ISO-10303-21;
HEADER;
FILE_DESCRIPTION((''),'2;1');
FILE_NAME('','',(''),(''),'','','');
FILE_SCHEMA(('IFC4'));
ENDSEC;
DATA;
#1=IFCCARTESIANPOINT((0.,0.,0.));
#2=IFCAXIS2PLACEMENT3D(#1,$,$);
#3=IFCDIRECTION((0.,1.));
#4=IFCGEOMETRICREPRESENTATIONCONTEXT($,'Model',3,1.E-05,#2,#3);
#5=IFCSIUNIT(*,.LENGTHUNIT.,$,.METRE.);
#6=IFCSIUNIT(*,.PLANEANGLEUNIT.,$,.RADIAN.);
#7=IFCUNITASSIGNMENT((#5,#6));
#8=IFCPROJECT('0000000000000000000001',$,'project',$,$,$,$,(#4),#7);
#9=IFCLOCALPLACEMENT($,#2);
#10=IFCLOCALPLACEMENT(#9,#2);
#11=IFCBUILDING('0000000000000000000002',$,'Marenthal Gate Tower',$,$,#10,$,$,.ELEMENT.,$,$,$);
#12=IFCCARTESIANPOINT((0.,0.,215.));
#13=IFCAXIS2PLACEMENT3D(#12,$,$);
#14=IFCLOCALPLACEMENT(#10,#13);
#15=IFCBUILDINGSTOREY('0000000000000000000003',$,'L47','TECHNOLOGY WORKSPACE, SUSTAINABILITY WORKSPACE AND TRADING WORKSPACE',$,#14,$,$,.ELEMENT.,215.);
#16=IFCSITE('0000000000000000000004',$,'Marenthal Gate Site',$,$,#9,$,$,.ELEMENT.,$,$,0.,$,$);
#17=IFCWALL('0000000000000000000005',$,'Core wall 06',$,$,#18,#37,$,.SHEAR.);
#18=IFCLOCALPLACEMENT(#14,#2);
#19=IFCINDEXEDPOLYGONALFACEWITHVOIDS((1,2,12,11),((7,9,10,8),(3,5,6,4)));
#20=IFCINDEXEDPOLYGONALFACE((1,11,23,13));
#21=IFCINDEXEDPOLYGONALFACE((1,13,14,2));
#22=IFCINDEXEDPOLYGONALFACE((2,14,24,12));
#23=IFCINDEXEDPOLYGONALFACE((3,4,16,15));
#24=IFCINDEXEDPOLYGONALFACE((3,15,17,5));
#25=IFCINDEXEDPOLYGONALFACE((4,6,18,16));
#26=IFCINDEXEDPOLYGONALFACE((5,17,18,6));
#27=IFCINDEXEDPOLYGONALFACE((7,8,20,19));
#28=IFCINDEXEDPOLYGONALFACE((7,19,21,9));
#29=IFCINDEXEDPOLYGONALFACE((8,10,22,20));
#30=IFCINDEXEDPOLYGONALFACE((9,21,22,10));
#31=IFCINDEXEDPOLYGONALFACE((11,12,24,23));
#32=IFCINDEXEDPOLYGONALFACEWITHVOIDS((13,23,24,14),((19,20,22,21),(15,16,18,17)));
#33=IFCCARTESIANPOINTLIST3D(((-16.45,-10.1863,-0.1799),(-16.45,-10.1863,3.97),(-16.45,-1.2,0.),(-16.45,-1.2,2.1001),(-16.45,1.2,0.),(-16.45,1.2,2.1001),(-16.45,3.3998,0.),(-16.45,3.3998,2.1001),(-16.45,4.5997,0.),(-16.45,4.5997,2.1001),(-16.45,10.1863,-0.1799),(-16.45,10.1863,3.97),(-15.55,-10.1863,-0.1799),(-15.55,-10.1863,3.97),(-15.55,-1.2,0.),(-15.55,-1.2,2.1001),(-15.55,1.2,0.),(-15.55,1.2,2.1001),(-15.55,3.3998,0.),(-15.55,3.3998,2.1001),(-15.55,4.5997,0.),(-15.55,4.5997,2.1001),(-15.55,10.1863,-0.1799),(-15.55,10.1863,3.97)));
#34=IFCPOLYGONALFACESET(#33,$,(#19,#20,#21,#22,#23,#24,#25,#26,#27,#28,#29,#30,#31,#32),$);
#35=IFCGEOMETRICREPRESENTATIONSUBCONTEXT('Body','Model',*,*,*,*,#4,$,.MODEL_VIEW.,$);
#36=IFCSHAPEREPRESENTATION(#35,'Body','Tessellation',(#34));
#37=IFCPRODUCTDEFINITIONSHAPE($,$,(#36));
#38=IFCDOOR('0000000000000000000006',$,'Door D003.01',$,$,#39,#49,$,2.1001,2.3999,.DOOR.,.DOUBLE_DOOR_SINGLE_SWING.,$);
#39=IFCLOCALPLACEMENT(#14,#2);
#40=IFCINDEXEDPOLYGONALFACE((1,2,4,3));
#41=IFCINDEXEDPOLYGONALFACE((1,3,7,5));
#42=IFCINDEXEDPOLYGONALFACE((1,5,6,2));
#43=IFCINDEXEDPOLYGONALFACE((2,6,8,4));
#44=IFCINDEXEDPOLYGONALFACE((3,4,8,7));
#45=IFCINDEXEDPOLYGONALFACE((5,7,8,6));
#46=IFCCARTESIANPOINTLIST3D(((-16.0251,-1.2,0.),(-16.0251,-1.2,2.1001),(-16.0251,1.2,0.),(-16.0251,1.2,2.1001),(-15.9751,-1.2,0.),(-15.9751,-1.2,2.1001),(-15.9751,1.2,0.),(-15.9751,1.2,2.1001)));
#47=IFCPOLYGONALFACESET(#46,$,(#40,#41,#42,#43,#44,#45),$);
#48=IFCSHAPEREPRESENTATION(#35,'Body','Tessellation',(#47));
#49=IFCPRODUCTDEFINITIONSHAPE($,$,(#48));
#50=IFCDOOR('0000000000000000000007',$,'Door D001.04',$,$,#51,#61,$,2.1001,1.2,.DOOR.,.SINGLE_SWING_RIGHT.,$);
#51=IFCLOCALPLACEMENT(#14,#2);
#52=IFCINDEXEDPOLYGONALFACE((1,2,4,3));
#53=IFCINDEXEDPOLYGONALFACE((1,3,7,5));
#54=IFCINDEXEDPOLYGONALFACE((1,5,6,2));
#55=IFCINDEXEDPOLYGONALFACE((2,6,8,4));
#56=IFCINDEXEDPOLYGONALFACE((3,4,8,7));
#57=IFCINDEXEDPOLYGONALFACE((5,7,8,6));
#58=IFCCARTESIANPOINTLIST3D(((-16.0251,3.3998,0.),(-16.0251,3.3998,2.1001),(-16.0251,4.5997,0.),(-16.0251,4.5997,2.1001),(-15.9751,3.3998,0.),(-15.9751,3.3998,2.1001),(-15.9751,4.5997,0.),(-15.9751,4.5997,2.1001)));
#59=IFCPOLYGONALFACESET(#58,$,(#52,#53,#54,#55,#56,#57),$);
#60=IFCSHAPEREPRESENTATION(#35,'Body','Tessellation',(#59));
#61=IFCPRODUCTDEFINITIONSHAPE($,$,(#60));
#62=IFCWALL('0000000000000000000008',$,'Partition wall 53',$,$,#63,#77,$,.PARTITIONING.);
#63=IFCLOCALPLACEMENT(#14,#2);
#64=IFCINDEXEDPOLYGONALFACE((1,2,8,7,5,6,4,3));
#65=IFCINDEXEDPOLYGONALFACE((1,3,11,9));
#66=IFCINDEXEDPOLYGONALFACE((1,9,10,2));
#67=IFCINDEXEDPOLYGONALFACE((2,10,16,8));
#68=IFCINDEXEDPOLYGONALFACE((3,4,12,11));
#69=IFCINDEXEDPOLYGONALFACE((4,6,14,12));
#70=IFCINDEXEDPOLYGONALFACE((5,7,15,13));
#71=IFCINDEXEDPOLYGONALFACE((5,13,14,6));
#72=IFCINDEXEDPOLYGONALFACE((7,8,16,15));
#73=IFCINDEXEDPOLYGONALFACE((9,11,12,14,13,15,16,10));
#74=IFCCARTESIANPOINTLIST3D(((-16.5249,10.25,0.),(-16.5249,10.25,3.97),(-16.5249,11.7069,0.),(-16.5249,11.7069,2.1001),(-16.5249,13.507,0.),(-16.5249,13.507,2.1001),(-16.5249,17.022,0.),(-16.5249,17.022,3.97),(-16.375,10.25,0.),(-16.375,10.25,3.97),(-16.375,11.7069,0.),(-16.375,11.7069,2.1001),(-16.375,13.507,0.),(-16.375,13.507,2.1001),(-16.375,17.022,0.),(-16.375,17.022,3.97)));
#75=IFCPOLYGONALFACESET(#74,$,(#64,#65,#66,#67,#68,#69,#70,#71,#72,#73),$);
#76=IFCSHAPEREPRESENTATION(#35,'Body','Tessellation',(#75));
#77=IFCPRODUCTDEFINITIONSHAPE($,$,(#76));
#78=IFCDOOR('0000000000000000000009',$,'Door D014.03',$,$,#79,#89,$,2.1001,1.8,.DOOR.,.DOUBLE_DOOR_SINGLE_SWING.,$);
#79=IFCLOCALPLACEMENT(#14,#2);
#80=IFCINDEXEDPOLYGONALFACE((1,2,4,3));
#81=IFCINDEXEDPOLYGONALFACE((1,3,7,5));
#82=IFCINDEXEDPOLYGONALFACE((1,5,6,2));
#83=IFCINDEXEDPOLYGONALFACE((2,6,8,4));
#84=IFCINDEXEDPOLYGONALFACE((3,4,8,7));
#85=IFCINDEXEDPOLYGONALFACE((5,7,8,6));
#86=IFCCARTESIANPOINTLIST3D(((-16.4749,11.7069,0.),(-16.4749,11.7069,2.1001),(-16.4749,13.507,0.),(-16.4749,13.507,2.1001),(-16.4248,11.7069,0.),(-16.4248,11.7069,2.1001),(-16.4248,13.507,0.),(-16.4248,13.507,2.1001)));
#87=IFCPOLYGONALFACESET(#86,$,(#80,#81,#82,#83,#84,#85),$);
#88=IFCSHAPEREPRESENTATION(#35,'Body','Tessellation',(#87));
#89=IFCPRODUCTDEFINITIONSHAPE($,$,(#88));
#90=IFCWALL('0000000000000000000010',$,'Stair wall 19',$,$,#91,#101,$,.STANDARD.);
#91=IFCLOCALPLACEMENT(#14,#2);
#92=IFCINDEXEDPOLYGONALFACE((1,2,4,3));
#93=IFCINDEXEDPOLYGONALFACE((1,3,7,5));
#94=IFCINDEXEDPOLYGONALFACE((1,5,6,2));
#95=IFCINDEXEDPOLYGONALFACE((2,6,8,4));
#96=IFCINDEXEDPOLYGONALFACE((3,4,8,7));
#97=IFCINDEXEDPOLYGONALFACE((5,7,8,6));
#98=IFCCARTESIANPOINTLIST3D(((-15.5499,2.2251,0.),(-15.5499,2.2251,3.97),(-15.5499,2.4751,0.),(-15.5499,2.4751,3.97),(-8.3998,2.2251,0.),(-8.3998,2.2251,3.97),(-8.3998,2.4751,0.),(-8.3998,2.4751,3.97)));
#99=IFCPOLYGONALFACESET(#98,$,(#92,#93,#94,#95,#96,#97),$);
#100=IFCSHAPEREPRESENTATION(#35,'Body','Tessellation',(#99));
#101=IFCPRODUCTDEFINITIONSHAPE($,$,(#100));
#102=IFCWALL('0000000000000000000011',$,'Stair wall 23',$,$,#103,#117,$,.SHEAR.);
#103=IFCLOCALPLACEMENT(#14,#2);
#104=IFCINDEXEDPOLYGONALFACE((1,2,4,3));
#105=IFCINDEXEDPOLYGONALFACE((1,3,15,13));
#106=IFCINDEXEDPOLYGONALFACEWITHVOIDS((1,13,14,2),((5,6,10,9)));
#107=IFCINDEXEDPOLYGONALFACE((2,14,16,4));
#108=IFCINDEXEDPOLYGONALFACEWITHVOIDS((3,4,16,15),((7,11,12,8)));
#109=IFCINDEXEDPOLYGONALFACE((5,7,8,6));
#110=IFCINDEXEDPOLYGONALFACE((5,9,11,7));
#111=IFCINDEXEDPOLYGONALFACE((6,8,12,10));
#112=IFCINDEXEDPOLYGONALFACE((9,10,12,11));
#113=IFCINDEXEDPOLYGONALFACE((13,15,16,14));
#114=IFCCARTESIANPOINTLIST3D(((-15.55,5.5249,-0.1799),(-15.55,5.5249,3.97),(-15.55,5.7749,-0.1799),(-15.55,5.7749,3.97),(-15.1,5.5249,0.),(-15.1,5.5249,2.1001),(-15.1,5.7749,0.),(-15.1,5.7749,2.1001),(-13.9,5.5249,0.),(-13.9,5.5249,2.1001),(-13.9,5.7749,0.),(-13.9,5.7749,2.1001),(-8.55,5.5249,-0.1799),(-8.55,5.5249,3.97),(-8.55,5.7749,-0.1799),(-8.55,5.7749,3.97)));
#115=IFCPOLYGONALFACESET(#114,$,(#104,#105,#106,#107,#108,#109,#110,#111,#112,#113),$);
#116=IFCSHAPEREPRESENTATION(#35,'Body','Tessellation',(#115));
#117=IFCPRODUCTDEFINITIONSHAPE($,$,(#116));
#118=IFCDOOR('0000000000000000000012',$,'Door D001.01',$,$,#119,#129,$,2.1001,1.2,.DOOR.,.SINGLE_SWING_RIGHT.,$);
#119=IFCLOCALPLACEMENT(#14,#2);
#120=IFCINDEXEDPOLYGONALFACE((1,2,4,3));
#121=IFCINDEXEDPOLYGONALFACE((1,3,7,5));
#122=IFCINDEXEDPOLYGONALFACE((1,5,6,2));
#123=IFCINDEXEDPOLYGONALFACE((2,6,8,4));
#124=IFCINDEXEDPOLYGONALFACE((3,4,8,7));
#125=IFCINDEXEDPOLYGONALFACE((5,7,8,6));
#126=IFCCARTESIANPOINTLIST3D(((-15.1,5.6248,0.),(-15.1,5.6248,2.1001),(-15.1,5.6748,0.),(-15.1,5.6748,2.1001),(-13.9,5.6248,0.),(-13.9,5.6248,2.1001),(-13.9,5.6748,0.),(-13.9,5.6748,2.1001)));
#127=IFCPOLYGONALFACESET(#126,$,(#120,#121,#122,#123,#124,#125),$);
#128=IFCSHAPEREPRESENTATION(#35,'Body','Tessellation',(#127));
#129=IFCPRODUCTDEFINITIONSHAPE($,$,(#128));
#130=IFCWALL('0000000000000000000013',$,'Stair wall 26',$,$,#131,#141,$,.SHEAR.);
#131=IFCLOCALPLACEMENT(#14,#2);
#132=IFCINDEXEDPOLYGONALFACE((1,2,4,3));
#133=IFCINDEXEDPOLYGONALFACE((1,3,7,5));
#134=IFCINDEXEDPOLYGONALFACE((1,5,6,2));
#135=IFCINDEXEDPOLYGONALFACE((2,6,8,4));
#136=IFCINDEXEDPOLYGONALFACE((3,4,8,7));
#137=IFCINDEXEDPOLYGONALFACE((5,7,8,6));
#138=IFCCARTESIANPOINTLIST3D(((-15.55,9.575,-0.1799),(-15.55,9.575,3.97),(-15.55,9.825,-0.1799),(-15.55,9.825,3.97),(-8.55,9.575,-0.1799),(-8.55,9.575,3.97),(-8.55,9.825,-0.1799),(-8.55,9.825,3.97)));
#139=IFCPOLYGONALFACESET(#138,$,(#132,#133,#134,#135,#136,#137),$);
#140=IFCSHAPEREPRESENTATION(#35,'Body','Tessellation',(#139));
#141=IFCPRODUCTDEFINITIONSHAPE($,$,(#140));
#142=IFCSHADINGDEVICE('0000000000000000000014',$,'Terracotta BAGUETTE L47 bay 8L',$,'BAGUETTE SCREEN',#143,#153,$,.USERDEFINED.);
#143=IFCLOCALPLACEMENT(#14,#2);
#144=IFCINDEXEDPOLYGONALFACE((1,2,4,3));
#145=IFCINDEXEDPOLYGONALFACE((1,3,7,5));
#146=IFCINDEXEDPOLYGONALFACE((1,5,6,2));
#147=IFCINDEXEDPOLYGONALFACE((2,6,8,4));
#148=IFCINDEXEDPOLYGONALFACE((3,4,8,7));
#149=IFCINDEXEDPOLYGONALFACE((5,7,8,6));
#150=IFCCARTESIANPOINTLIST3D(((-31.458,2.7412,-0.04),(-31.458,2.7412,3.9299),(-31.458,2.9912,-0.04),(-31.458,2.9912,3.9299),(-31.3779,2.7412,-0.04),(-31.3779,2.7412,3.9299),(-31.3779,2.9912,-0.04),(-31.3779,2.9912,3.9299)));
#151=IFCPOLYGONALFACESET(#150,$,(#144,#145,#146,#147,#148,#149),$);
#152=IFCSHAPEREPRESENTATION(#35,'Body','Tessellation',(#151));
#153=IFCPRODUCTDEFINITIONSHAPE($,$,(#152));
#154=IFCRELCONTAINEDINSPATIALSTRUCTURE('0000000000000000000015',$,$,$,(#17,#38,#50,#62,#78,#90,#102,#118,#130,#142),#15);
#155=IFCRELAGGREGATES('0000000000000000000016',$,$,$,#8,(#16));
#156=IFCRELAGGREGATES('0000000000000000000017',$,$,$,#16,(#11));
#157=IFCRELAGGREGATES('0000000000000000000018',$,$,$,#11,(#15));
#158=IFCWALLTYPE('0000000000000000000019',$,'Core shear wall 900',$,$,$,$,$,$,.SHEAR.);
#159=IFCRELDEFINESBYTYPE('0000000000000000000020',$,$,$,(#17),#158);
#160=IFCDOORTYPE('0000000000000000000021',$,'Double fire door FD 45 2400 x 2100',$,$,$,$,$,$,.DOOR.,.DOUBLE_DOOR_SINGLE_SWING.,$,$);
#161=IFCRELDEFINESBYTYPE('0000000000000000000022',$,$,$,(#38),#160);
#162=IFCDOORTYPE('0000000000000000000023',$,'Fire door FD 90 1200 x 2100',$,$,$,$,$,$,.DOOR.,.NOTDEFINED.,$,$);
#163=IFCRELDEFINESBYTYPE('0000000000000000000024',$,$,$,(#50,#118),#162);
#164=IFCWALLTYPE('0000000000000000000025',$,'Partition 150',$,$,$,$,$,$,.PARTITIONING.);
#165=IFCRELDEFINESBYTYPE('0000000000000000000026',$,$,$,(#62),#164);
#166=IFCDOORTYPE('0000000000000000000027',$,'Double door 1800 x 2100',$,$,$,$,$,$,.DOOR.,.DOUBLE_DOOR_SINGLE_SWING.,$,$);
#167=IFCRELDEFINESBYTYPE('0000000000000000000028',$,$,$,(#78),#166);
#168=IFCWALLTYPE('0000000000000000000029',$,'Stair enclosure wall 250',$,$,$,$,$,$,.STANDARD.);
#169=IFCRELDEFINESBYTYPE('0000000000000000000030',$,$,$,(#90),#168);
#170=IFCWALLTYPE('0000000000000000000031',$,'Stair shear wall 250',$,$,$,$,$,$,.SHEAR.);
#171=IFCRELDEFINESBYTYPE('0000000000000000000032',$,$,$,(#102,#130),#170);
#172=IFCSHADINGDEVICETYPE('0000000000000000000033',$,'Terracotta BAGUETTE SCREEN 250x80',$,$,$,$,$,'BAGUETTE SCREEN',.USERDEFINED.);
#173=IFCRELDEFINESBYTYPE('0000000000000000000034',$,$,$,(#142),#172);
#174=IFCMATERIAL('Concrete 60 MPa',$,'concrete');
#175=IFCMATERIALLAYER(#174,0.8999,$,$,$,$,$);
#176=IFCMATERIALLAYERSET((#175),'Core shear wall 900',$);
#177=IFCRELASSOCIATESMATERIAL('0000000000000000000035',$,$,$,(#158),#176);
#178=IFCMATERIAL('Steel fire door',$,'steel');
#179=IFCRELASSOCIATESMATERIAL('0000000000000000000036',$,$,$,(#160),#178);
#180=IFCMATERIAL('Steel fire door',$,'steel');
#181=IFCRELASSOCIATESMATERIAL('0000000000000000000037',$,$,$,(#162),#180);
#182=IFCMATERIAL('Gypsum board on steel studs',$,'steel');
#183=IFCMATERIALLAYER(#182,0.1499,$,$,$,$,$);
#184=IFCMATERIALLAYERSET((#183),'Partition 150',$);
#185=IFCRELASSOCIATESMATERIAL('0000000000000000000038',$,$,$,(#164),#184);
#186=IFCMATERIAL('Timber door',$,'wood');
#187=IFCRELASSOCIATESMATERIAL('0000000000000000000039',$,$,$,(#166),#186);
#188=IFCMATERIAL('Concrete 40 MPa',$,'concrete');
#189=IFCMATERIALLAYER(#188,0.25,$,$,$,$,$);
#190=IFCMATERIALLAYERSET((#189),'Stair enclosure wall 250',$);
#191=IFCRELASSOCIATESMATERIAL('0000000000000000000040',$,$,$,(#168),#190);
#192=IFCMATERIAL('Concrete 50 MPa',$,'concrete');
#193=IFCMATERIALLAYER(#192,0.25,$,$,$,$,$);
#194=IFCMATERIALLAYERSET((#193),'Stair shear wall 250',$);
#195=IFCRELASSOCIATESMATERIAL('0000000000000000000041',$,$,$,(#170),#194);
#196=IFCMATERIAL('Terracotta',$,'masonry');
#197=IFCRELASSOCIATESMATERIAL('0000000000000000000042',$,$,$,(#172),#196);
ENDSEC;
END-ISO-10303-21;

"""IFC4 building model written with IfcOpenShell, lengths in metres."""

from ifc_helpers import new_model, si_unit, direction, frame, frame_2d, origin, origin_2d, place, context, subcontext, project, spatial, rectangle, extrude, material, layer, layer_set, material_profile, profile_set, type_object, element, fill, save


model = new_model("IFC4")

# Units and contexts
model_context = context("Model", 3, precision=1e-05, world=origin(), true_north=direction((0.0, 1.0)))
body_context = subcontext(model_context, "Body", "Model", "MODEL_VIEW")
ifc_project = project(units=[si_unit("LENGTHUNIT", "METRE"), si_unit("PLANEANGLEUNIT", "RADIAN")], contexts=[model_context])

# Site, building, storey
site_placement = place(None, origin())
site = spatial("IfcSite", under=ifc_project, at=site_placement, Name="Marenthal Gate Site", CompositionType="ELEMENT", RefElevation=0.0)
building_placement = place(site_placement, origin())
building = spatial("IfcBuilding", under=site, at=building_placement, Name="Marenthal Gate Tower", CompositionType="ELEMENT")
storey_placement = place(building_placement, frame((0.0, 0.0, 215.0)))
storey = spatial("IfcBuildingStorey", under=building, at=storey_placement, Name="L47", Description="TECHNOLOGY WORKSPACE, SUSTAINABILITY WORKSPACE AND TRADING WORKSPACE", CompositionType="ELEMENT", Elevation=215.0)

# Wall, openings, doors
ifc_material_1 = material(Name="Concrete 60 MPa", Category="concrete")
ifc_layer_1 = layer(ifc_material_1, 0.8999)
ifc_layer_set_1 = layer_set([ifc_layer_1], Name="Core shear wall 900")
wall_type_1 = type_object("IfcWallType", Name="Core shear wall 900", PredefinedType="SHEAR", material=ifc_layer_set_1)
wall_1_placement = place(storey_placement, frame((-16.0, 10.1863, -0.1799), z_axis=(0.0, 0.0, 1.0), x_axis=(0.0, -1.0, 0.0)))
wall_1 = element("IfcWall", 1, at=wall_1_placement, inside=storey, type_object=wall_type_1, Name="Core wall 06", PredefinedType="SHEAR", context=body_context, shape_type="SweptSolid", body=[
    extrude(rectangle(XDim=20.3726, YDim=0.8999, at=frame_2d((10.1863, 0.0))), origin(), (0.0, 0.0, 1.0), 4.1499),
])
opening_1_placement = place(wall_1_placement, frame((8.9863, 0.0, 0.1799)))
opening_1 = element("IfcOpeningElement", 2, at=opening_1_placement, cuts=wall_1, PredefinedType="OPENING", context=body_context, shape_type="SweptSolid", body=[
    extrude(rectangle(XDim=2.3999, YDim=2.1001, at=frame_2d((1.2, 1.05))), frame((0.0, 0.46, 0.0), z_axis=(0.0, -1.0, 0.0), x_axis=(1.0, 0.0, 0.0)), (0.0, 0.0, 1.0), 0.9199),
])
opening_2_placement = place(wall_1_placement, frame((5.5864, 0.0, 0.1799)))
opening_2 = element("IfcOpeningElement", 3, at=opening_2_placement, cuts=wall_1, PredefinedType="OPENING", context=body_context, shape_type="SweptSolid", body=[
    extrude(rectangle(XDim=1.2, YDim=2.1001, at=frame_2d((0.6001, 1.05))), frame((0.0, 0.46, 0.0), z_axis=(0.0, -1.0, 0.0), x_axis=(1.0, 0.0, 0.0)), (0.0, 0.0, 1.0), 0.9199),
])
ifc_material_2 = material(Name="Steel fire door", Category="steel")
door_type_1 = type_object("IfcDoorType", Name="Double fire door FD 45 2400 x 2100", OperationType="DOUBLE_DOOR_SINGLE_SWING", PredefinedType="DOOR", material=ifc_material_2)
door_1_placement = place(opening_1_placement, origin())
door_1 = element("IfcDoor", 4, at=door_1_placement, inside=storey, type_object=door_type_1, Name="Door D003.01", OperationType="DOUBLE_DOOR_SINGLE_SWING", OverallHeight=2.1001, OverallWidth=2.3999, PredefinedType="DOOR", context=body_context, shape_type="SweptSolid", body=[
    extrude(rectangle(XDim=2.3999, YDim=2.1001, at=frame_2d((1.2, 1.05))), frame((0.0, 0.0249, 0.0), z_axis=(0.0, -1.0, 0.0), x_axis=(1.0, 0.0, 0.0)), (0.0, 0.0, 1.0), 0.05),
])
fill(opening_1, door_1)
ifc_material_3 = material(Name="Steel fire door", Category="steel")
door_type_2 = type_object("IfcDoorType", Name="Fire door FD 90 1200 x 2100", OperationType="NOTDEFINED", PredefinedType="DOOR", material=ifc_material_3)
door_2_placement = place(opening_2_placement, origin())
door_2 = element("IfcDoor", 5, at=door_2_placement, inside=storey, type_object=door_type_2, Name="Door D001.04", OperationType="SINGLE_SWING_RIGHT", OverallHeight=2.1001, OverallWidth=1.2, PredefinedType="DOOR", context=body_context, shape_type="SweptSolid", body=[
    extrude(rectangle(XDim=1.2, YDim=2.1001, at=frame_2d((0.6001, 1.05))), frame((0.0, 0.0249, 0.0), z_axis=(0.0, -1.0, 0.0), x_axis=(1.0, 0.0, 0.0)), (0.0, 0.0, 1.0), 0.05),
])
fill(opening_2, door_2)

# Wall, opening, door
ifc_material_4 = material(Name="Gypsum board on steel studs", Category="steel")
ifc_layer_2 = layer(ifc_material_4, 0.1499)
ifc_layer_set_2 = layer_set([ifc_layer_2], Name="Partition 150")
wall_type_2 = type_object("IfcWallType", Name="Partition 150", PredefinedType="PARTITIONING", material=ifc_layer_set_2)
wall_2_placement = place(storey_placement, frame((-16.45, 10.25, 0.0), z_axis=(0.0, 0.0, 1.0), x_axis=(0.0, 1.0, 0.0)))
wall_2 = element("IfcWall", 6, at=wall_2_placement, inside=storey, type_object=wall_type_2, Name="Partition wall 53", PredefinedType="PARTITIONING", context=body_context, shape_type="SweptSolid", body=[
    extrude(rectangle(XDim=6.772, YDim=0.1499, at=frame_2d((3.386, 0.0))), origin(), (0.0, 0.0, 1.0), 3.97),
])
opening_3_placement = place(wall_2_placement, frame((1.457, 0.0, 0.0)))
opening_3 = element("IfcOpeningElement", 7, at=opening_3_placement, cuts=wall_2, PredefinedType="OPENING", context=body_context, shape_type="SweptSolid", body=[
    extrude(rectangle(XDim=1.8, YDim=2.1001, at=frame_2d((0.8999, 1.05))), frame((0.0, 0.085, 0.0), z_axis=(0.0, -1.0, 0.0), x_axis=(1.0, 0.0, 0.0)), (0.0, 0.0, 1.0), 0.1699),
])
ifc_material_5 = material(Name="Timber door", Category="wood")
door_type_3 = type_object("IfcDoorType", Name="Double door 1800 x 2100", OperationType="DOUBLE_DOOR_SINGLE_SWING", PredefinedType="DOOR", material=ifc_material_5)
door_3_placement = place(opening_3_placement, origin())
door_3 = element("IfcDoor", 8, at=door_3_placement, inside=storey, type_object=door_type_3, Name="Door D014.03", OperationType="DOUBLE_DOOR_SINGLE_SWING", OverallHeight=2.1001, OverallWidth=1.8, PredefinedType="DOOR", context=body_context, shape_type="SweptSolid", body=[
    extrude(rectangle(XDim=1.8, YDim=2.1001, at=frame_2d((0.8999, 1.05))), frame((0.0, 0.0249, 0.0), z_axis=(0.0, -1.0, 0.0), x_axis=(1.0, 0.0, 0.0)), (0.0, 0.0, 1.0), 0.05),
])
fill(opening_3, door_3)

# Wall
ifc_material_6 = material(Name="Concrete 40 MPa", Category="concrete")
ifc_layer_3 = layer(ifc_material_6, 0.25)
ifc_layer_set_3 = layer_set([ifc_layer_3], Name="Stair enclosure wall 250")
wall_type_3 = type_object("IfcWallType", Name="Stair enclosure wall 250", PredefinedType="STANDARD", material=ifc_layer_set_3)
wall_3_placement = place(storey_placement, frame((-15.55, 2.3501, 0.0), z_axis=(0.0, 0.0, 1.0), x_axis=(1.0, 0.0, 0.0)))
element("IfcWall", 9, at=wall_3_placement, inside=storey, type_object=wall_type_3, Name="Stair wall 19", PredefinedType="STANDARD", context=body_context, shape_type="SweptSolid", body=[
    extrude(rectangle(XDim=7.1501, YDim=0.25, at=frame_2d((3.5752, 0.0))), origin(), (0.0, 0.0, 1.0), 3.97),
])

# Wall, opening, door
ifc_material_7 = material(Name="Concrete 50 MPa", Category="concrete")
ifc_layer_4 = layer(ifc_material_7, 0.25)
ifc_layer_set_4 = layer_set([ifc_layer_4], Name="Stair shear wall 250")
wall_type_4 = type_object("IfcWallType", Name="Stair shear wall 250", PredefinedType="SHEAR", material=ifc_layer_set_4)
wall_4_placement = place(storey_placement, frame((-15.55, 5.6499, -0.1799), z_axis=(0.0, 0.0, 1.0), x_axis=(1.0, 0.0, 0.0)))
wall_4 = element("IfcWall", 10, at=wall_4_placement, inside=storey, type_object=wall_type_4, Name="Stair wall 23", PredefinedType="SHEAR", context=body_context, shape_type="SweptSolid", body=[
    extrude(rectangle(XDim=7.0, YDim=0.25, at=frame_2d((3.5, 0.0))), origin(), (0.0, 0.0, 1.0), 4.1499),
])
opening_4_placement = place(wall_4_placement, frame((0.45, 0.0, 0.1799)))
opening_4 = element("IfcOpeningElement", 11, at=opening_4_placement, cuts=wall_4, PredefinedType="OPENING", context=body_context, shape_type="SweptSolid", body=[
    extrude(rectangle(XDim=1.2, YDim=2.1001, at=frame_2d((0.6001, 1.05))), frame((0.0, 0.135, 0.0), z_axis=(0.0, -1.0, 0.0), x_axis=(1.0, 0.0, 0.0)), (0.0, 0.0, 1.0), 0.27),
])
door_4_placement = place(opening_4_placement, origin())
door_4 = element("IfcDoor", 12, at=door_4_placement, inside=storey, type_object=door_type_2, Name="Door D001.01", OperationType="SINGLE_SWING_RIGHT", OverallHeight=2.1001, OverallWidth=1.2, PredefinedType="DOOR", context=body_context, shape_type="SweptSolid", body=[
    extrude(rectangle(XDim=1.2, YDim=2.1001, at=frame_2d((0.6001, 1.05))), frame((0.0, 0.0249, 0.0), z_axis=(0.0, -1.0, 0.0), x_axis=(1.0, 0.0, 0.0)), (0.0, 0.0, 1.0), 0.05),
])
fill(opening_4, door_4)

# Wall
wall_5_placement = place(storey_placement, frame((-15.55, 9.7, -0.1799), z_axis=(0.0, 0.0, 1.0), x_axis=(1.0, 0.0, 0.0)))
element("IfcWall", 13, at=wall_5_placement, inside=storey, type_object=wall_type_4, Name="Stair wall 26", PredefinedType="SHEAR", context=body_context, shape_type="SweptSolid", body=[
    extrude(rectangle(XDim=7.0, YDim=0.25, at=frame_2d((3.5, 0.0))), origin(), (0.0, 0.0, 1.0), 4.1499),
])

# Shading device
ifc_material_8 = material(Name="Terracotta", Category="masonry")
ifc_material_profile_1 = material_profile(ifc_material_8, rectangle(XDim=0.25, YDim=0.0801, at=origin_2d()), Name="Terracotta baguette 250x80")
ifc_profile_set_1 = profile_set([ifc_material_profile_1], Name="Terracotta")
shading_device_type = type_object("IfcShadingDeviceType", Name="Terracotta BAGUETTE SCREEN 250x80", ElementType="BAGUETTE SCREEN", PredefinedType="USERDEFINED", material=ifc_profile_set_1)
shading_device_placement = place(storey_placement, frame((-31.418, 2.8662, -0.04), z_axis=(0.0, 0.0, 1.0), x_axis=(0.0, -1.0, 0.0)))
element("IfcShadingDevice", 14, at=shading_device_placement, inside=storey, type_object=shading_device_type, Name="Terracotta BAGUETTE L47 bay 8L", ObjectType="BAGUETTE SCREEN", PredefinedType="USERDEFINED", context=body_context, shape_type="SweptSolid", body=[
    extrude(rectangle(XDim=0.25, YDim=0.0801, at=origin_2d()), origin(), (0.0, 0.0, 1.0), 3.97),
])

save(model, "model.ifc")
